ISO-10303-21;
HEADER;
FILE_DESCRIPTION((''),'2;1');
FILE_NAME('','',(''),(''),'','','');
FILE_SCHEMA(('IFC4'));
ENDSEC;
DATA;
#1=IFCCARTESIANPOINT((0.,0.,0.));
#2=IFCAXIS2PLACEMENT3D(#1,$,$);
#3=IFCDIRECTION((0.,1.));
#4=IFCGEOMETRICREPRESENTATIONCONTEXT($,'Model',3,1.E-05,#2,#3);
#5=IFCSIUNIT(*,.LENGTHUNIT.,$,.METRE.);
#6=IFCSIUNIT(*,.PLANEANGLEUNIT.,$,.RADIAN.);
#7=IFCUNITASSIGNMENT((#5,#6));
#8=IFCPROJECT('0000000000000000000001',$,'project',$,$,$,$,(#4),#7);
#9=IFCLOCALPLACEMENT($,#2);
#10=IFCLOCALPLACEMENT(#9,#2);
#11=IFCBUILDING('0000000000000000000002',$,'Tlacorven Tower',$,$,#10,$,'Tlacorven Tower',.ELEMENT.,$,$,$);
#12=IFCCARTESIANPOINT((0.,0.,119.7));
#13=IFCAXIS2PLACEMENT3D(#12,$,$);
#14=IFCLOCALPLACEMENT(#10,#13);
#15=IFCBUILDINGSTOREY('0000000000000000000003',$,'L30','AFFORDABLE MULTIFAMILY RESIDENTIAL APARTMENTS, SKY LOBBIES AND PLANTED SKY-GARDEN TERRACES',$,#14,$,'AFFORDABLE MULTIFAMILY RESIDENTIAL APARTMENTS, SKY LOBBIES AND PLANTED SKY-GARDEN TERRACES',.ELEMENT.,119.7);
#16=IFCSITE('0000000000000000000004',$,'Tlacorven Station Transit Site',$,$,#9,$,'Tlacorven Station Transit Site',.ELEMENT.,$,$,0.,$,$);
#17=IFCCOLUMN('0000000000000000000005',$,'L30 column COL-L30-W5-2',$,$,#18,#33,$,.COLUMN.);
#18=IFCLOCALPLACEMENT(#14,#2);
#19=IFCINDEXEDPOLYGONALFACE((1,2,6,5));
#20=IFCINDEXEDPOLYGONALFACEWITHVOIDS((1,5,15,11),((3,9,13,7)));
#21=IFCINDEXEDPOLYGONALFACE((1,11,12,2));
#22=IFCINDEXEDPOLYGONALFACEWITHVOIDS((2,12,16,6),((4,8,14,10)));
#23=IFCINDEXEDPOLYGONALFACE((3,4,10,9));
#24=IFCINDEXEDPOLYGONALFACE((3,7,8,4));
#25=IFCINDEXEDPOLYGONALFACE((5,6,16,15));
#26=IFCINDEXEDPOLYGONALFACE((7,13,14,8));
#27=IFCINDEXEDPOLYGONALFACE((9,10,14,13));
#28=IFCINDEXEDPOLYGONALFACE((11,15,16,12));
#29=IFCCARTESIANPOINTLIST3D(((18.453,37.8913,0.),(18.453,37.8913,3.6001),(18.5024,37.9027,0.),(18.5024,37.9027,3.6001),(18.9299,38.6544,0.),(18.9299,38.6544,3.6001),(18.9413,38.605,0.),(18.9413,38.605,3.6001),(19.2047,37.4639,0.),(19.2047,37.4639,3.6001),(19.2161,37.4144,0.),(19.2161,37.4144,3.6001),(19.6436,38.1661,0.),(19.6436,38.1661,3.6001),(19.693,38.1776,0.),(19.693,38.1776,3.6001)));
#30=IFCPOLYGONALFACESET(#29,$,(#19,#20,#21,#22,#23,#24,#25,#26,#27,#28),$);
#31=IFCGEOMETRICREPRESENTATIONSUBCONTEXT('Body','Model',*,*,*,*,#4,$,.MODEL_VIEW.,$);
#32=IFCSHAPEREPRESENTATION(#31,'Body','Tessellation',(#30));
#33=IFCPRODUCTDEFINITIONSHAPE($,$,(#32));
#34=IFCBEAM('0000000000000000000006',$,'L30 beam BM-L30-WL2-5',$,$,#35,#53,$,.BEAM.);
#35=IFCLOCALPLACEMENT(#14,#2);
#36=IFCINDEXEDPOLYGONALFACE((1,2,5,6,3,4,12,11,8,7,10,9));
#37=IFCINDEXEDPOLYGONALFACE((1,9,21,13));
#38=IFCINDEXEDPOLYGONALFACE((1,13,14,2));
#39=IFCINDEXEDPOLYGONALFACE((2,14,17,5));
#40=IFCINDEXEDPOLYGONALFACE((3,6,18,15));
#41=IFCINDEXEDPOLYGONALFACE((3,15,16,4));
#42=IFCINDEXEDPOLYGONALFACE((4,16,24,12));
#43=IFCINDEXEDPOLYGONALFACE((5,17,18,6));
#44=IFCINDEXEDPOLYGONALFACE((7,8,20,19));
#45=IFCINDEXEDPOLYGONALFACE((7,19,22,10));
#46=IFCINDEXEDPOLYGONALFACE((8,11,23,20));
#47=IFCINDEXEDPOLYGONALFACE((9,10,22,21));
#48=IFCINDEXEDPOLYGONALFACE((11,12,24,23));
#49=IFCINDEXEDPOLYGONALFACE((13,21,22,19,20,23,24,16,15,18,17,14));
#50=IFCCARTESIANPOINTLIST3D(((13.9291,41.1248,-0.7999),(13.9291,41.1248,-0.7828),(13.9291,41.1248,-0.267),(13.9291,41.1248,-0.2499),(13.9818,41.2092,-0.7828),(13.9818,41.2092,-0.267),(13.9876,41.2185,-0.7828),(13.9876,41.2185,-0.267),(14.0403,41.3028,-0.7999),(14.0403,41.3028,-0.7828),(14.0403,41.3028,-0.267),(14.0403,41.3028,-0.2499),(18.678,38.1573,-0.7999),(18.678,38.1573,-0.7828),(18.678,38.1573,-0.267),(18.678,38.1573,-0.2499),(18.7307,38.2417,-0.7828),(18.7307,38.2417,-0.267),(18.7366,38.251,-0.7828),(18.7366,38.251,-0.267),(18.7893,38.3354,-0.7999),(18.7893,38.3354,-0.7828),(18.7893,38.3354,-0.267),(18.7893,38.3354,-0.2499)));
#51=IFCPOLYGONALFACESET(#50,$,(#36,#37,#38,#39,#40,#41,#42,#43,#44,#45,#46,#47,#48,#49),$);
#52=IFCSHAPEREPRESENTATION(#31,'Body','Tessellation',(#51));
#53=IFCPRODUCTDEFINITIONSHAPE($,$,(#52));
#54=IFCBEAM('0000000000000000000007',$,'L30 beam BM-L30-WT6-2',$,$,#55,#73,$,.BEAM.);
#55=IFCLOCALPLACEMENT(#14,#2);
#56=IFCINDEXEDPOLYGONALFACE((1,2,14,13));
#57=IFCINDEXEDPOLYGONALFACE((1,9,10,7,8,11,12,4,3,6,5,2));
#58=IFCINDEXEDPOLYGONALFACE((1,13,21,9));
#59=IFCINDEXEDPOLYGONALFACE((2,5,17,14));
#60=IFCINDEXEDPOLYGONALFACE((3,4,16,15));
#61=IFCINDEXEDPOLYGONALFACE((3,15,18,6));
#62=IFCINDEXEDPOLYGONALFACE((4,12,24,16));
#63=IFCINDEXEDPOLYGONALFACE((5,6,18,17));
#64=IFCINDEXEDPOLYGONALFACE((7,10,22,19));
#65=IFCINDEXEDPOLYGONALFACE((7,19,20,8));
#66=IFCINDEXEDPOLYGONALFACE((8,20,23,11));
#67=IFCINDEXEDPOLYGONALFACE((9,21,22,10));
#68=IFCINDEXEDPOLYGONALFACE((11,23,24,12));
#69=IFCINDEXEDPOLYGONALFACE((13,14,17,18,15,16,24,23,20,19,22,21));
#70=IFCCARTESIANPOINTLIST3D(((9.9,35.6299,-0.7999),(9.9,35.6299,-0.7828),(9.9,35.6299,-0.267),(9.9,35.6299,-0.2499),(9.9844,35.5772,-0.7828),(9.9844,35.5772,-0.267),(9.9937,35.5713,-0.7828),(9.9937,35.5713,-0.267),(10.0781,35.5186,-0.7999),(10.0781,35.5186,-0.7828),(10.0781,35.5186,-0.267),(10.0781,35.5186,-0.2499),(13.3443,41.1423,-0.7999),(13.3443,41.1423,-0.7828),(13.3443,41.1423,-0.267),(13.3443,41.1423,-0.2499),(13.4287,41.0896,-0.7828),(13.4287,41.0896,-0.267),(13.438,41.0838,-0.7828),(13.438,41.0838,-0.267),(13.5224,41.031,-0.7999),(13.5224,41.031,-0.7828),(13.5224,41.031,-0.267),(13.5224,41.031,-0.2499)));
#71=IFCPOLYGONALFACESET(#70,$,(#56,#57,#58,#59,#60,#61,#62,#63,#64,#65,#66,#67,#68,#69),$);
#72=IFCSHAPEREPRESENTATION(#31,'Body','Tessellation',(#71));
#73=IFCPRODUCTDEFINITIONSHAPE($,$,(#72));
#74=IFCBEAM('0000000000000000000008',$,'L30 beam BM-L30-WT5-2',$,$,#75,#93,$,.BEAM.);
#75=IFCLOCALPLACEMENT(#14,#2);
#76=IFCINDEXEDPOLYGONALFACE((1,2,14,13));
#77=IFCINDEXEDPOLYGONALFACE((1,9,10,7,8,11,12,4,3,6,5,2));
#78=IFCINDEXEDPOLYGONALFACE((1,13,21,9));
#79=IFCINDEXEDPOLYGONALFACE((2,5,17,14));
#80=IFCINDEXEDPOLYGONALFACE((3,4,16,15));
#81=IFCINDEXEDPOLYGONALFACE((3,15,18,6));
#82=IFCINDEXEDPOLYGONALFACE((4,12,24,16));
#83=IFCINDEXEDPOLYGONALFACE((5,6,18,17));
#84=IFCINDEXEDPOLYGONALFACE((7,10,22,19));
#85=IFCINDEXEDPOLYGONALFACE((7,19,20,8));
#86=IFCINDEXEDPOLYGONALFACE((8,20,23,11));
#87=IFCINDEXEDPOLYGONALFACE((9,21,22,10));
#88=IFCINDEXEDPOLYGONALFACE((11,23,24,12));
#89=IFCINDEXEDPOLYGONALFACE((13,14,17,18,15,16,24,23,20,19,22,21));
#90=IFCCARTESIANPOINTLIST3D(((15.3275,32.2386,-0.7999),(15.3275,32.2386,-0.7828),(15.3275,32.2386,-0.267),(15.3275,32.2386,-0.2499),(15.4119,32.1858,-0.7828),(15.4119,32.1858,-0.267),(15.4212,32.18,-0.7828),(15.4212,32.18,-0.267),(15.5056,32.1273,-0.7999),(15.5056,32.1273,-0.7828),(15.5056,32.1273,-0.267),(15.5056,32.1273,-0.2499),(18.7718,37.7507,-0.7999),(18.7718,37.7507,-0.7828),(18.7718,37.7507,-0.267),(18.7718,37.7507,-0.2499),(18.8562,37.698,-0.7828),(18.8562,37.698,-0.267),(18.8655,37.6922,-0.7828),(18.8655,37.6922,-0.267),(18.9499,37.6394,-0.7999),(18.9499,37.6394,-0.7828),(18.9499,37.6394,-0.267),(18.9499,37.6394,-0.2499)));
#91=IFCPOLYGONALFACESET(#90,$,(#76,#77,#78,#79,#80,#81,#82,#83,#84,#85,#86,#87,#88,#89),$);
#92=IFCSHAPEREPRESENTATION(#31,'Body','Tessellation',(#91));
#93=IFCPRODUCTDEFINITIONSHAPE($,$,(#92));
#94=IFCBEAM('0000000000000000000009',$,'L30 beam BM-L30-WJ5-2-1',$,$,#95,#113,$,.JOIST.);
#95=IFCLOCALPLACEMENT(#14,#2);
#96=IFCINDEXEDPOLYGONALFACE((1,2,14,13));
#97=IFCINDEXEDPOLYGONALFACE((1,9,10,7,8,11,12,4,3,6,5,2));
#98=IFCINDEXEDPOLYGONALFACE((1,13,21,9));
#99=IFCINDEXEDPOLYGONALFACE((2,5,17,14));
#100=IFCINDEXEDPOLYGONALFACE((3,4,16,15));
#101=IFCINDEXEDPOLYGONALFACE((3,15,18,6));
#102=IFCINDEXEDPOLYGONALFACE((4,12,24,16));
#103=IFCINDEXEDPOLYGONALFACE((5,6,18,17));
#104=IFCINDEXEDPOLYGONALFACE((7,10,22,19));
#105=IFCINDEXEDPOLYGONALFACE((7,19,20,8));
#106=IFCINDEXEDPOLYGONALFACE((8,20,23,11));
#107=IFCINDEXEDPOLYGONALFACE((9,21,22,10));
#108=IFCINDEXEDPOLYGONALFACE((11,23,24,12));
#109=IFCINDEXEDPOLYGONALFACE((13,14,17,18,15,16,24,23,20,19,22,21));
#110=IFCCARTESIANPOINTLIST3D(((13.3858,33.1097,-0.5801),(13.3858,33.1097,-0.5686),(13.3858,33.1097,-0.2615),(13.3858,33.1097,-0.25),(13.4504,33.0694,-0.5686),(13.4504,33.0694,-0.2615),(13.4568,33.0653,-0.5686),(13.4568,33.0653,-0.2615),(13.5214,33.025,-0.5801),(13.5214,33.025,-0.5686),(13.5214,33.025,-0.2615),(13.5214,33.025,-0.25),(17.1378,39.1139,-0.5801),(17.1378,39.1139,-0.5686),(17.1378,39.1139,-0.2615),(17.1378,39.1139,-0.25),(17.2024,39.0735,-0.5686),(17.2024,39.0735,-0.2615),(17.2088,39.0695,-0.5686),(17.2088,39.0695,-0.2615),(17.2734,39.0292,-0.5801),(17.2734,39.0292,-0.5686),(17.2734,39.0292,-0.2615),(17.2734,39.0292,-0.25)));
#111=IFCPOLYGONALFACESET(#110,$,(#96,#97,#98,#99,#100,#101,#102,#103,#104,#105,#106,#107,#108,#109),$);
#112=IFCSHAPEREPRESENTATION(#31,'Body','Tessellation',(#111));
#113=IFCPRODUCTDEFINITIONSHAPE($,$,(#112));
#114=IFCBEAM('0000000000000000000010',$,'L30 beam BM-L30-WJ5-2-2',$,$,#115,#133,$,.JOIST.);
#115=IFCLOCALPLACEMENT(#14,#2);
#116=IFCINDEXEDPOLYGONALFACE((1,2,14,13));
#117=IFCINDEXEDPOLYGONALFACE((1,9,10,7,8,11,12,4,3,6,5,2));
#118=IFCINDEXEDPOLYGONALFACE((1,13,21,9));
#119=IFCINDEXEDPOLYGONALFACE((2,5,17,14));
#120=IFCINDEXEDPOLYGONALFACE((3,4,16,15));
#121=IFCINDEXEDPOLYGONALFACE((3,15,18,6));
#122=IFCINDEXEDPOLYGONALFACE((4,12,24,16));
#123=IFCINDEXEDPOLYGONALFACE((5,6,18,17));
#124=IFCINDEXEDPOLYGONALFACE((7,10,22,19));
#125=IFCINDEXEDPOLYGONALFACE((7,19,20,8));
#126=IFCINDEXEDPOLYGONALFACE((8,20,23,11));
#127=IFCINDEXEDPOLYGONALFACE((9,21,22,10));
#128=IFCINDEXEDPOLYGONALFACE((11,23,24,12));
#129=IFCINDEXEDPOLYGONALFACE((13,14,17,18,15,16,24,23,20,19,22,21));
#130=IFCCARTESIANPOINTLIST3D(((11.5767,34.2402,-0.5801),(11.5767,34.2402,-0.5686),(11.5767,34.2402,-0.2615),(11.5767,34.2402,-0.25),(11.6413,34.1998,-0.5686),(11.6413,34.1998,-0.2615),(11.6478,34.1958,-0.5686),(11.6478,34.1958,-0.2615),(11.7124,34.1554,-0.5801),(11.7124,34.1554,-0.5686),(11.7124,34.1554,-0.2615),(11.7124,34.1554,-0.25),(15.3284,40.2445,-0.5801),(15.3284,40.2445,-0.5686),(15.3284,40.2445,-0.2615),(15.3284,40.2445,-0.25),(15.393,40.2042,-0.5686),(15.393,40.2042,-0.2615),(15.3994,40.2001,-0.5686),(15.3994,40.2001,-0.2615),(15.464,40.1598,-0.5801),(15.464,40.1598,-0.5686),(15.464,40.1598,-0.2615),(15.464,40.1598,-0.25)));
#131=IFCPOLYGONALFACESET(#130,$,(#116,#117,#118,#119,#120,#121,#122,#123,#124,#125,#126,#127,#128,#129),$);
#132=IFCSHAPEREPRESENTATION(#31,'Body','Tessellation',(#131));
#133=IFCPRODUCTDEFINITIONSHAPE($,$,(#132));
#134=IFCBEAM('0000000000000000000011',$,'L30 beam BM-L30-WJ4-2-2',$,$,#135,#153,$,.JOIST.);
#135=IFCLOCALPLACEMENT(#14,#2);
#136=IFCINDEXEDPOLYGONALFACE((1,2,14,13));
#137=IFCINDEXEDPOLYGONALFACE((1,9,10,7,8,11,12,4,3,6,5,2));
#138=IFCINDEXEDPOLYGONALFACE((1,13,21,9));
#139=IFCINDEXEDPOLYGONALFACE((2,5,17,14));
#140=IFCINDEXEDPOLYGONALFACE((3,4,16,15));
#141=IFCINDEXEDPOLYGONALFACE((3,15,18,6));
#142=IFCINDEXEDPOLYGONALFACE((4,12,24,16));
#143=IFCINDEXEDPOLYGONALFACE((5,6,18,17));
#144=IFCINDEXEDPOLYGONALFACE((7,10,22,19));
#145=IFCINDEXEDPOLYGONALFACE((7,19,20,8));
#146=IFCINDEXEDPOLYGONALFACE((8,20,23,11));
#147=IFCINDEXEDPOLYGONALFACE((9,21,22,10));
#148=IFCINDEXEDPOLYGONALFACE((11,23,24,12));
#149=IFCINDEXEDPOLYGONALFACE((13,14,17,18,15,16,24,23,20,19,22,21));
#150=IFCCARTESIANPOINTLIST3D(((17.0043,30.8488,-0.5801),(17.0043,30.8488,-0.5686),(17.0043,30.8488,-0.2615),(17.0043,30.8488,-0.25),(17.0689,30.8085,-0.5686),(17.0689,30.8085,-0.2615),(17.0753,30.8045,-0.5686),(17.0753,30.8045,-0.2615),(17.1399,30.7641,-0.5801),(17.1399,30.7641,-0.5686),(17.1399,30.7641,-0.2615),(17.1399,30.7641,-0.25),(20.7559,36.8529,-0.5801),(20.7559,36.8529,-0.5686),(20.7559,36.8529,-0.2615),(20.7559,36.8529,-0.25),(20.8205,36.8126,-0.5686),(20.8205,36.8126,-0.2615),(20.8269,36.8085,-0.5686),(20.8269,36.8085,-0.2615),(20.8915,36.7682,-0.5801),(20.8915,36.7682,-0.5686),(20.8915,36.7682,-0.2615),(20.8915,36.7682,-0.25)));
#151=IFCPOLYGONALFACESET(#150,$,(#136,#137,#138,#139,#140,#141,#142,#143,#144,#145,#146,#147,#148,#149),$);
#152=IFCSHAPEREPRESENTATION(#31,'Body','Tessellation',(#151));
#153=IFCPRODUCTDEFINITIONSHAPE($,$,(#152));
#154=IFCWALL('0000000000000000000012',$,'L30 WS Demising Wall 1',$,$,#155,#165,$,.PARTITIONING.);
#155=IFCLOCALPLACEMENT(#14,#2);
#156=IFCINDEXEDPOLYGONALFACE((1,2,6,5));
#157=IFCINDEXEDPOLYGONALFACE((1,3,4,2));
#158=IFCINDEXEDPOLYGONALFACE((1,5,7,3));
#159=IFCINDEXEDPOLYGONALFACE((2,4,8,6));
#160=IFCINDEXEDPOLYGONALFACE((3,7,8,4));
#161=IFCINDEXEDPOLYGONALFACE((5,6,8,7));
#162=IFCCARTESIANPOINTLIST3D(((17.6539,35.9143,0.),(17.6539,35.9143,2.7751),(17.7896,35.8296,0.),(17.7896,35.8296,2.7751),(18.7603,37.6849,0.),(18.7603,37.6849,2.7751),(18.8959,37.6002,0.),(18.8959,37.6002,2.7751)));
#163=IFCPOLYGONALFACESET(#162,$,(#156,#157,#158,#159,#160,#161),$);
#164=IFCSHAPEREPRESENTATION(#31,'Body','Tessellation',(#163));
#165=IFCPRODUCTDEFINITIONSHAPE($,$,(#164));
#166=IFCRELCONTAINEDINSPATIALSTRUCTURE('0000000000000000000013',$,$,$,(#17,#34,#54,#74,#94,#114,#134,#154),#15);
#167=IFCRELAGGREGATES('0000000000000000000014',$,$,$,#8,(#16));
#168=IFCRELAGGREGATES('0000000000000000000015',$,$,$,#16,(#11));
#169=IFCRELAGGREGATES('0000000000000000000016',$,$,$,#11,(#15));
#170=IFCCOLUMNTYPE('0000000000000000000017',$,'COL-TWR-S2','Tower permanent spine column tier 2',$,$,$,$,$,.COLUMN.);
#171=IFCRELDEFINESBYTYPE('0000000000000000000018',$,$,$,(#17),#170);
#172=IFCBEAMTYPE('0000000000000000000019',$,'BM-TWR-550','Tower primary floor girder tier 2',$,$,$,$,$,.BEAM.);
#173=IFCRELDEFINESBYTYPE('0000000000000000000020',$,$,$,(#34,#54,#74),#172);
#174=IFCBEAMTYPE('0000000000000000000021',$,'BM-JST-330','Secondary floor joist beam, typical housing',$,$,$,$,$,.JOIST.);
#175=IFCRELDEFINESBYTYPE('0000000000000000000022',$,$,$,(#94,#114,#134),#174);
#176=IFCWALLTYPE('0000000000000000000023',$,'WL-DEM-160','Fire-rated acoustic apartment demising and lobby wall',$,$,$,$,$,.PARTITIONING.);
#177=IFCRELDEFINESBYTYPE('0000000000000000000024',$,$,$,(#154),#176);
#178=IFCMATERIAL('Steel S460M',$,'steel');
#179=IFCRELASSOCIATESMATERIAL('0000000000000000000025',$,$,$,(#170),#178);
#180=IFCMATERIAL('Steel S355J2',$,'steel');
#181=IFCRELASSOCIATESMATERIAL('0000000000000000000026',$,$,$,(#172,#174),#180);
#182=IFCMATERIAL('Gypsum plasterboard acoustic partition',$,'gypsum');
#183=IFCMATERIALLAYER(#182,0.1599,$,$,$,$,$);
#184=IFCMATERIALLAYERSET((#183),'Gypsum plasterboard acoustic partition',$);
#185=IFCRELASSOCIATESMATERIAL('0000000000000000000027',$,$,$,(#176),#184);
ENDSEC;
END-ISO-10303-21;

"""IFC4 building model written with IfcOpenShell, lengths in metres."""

from ifc_helpers import new_model, si_unit, direction, frame, frame_2d, origin, origin_2d, place, context, subcontext, project, spatial, rectangle, hollow_rectangle, i_section, extrude, source, transform, mapped, material, layer, layer_set, material_profile, profile_set, type_object, element, save


model = new_model("IFC4")

# Units and contexts
model_context = context("Model", 3, precision=1e-05, world=origin(), true_north=direction((0.0, 1.0)))
body_context = subcontext(model_context, "Body", "Model", "MODEL_VIEW")
ifc_project = project(units=[si_unit("LENGTHUNIT", "METRE"), si_unit("PLANEANGLEUNIT", "RADIAN")], contexts=[model_context])

# Site, building, storey
site_placement = place(None, origin())
site = spatial("IfcSite", under=ifc_project, at=site_placement, Name="Tlacorven Station Transit Site", LongName="Tlacorven Station Transit Site", CompositionType="ELEMENT", RefElevation=0.0)
building_placement = place(site_placement, origin())
building = spatial("IfcBuilding", under=site, at=building_placement, Name="Tlacorven Tower", LongName="Tlacorven Tower", CompositionType="ELEMENT")
storey_placement = place(building_placement, frame((0.0, 0.0, 119.7)))
storey = spatial("IfcBuildingStorey", under=building, at=storey_placement, Name="L30", Description="AFFORDABLE MULTIFAMILY RESIDENTIAL APARTMENTS, SKY LOBBIES AND PLANTED SKY-GARDEN TERRACES", LongName="AFFORDABLE MULTIFAMILY RESIDENTIAL APARTMENTS, SKY LOBBIES AND PLANTED SKY-GARDEN TERRACES", CompositionType="ELEMENT", Elevation=119.7)

# Column
ifc_material_1 = material(Name="Steel S460M", Category="steel")
ifc_material_profile_1 = material_profile(ifc_material_1, hollow_rectangle(XDim=0.8999, YDim=0.8999, WallThickness=0.0359, at=origin_2d()), Name="BOX 900X900X36")
ifc_profile_set_1 = profile_set([ifc_material_profile_1], Name="Steel S460M")
column_type = type_object("IfcColumnType", Name="COL-TWR-S2", Description="Tower permanent spine column tier 2", PredefinedType="COLUMN", material=ifc_profile_set_1)
shared_shape_1 = source(origin(), body_context, "Body", "SweptSolid", [
    extrude(hollow_rectangle(XDim=0.8999, YDim=0.8999, WallThickness=0.0359, at=origin_2d()), origin(), (0.0, 0.0, 1.0), 3.6001),
])
column_placement = place(storey_placement, frame((19.073, 38.0344, 0.0), z_axis=(0.0, 0.0, 1.0), x_axis=(-0.848048, 0.529919, 0.0)))
element("IfcColumn", 1, at=column_placement, inside=storey, type_object=column_type, Name="L30 column COL-L30-W5-2", PredefinedType="COLUMN", context=body_context, shape_type="MappedRepresentation", body=[
    mapped(shared_shape_1, transform((0.0, 0.0, 0.0), scale=1.0)),
])

# Beams
ifc_material_2 = material(Name="Steel S355J2", Category="steel")
ifc_material_profile_2 = material_profile(ifc_material_2, i_section(OverallWidth=0.21, OverallDepth=0.55, WebThickness=0.011, FlangeThickness=0.0171, at=origin_2d()), Name="IPE 550")
ifc_profile_set_2 = profile_set([ifc_material_profile_2], Name="Steel S355J2")
beam_type_1 = type_object("IfcBeamType", Name="BM-TWR-550", Description="Tower primary floor girder tier 2", PredefinedType="BEAM", material=ifc_profile_set_2)
shared_shape_2 = source(origin(), body_context, "Body", "SweptSolid", [
    extrude(i_section(OverallWidth=0.21, OverallDepth=0.55, WebThickness=0.011, FlangeThickness=0.0171, at=origin_2d()), origin(), (0.0, 0.0, 1.0), 5.5999),
])
beam_1_placement = place(storey_placement, frame((18.7336, 38.2463, -0.5249), z_axis=(-0.848047, 0.529921, 0.0), x_axis=(-0.529921, -0.848047, 0.0)))
element("IfcBeam", 2, at=beam_1_placement, inside=storey, type_object=beam_type_1, Name="L30 beam BM-L30-WL2-5", PredefinedType="BEAM", context=body_context, shape_type="MappedRepresentation", body=[
    mapped(shared_shape_2, transform((0.0, 0.0, 0.0), scale=1.0)),
])
shared_shape_3 = source(origin(), body_context, "Body", "SweptSolid", [
    extrude(i_section(OverallWidth=0.21, OverallDepth=0.55, WebThickness=0.011, FlangeThickness=0.0171, at=origin_2d()), origin(), (0.0, 0.0, 1.0), 6.5),
])
beam_2_placement = place(storey_placement, frame((13.4333, 41.0867, -0.5249), z_axis=(-0.529894, -0.848064, 0.0), x_axis=(0.848064, -0.529894, 0.0)))
element("IfcBeam", 3, at=beam_2_placement, inside=storey, type_object=beam_type_1, Name="L30 beam BM-L30-WT6-2", PredefinedType="BEAM", context=body_context, shape_type="MappedRepresentation", body=[
    mapped(shared_shape_3, transform((0.0, 0.0, 0.0), scale=1.0)),
])
shared_shape_4 = source(origin(), body_context, "Body", "SweptSolid", [
    extrude(i_section(OverallWidth=0.21, OverallDepth=0.55, WebThickness=0.011, FlangeThickness=0.0171, at=origin_2d()), origin(), (0.0, 0.0, 1.0), 6.4998),
])
beam_3_placement = place(storey_placement, frame((18.8608, 37.6951, -0.5249), z_axis=(-0.529911, -0.848053, 0.0), x_axis=(0.848053, -0.529911, 0.0)))
element("IfcBeam", 4, at=beam_3_placement, inside=storey, type_object=beam_type_1, Name="L30 beam BM-L30-WT5-2", PredefinedType="BEAM", context=body_context, shape_type="MappedRepresentation", body=[
    mapped(shared_shape_4, transform((0.0, 0.0, 0.0), scale=1.0)),
])
ifc_material_profile_3 = material_profile(ifc_material_2, i_section(OverallWidth=0.1599, OverallDepth=0.3301, WebThickness=0.0076, FlangeThickness=0.0115, at=origin_2d()), Name="IPE 330")
ifc_profile_set_3 = profile_set([ifc_material_profile_3], Name="Steel S355J2")
beam_type_2 = type_object("IfcBeamType", Name="BM-JST-330", Description="Secondary floor joist beam, typical housing", PredefinedType="JOIST", material=ifc_profile_set_3)
shared_shape_5 = source(origin(), body_context, "Body", "SweptSolid", [
    extrude(i_section(OverallWidth=0.1599, OverallDepth=0.3301, WebThickness=0.0076, FlangeThickness=0.0115, at=origin_2d()), origin(), (0.0, 0.0, 1.0), 7.0801),
])
for number, where, z_axis, x_axis, name in (
    (5, (17.2056, 39.0715, -0.415), (-0.529934, -0.848039, 0.0), (0.848039, -0.529934, 0.0), "L30 beam BM-L30-WJ5-2-1"),
    (6, (15.3962, 40.2021, -0.415), (-0.529894, -0.848064, 0.0), (0.848064, -0.529894, 0.0), "L30 beam BM-L30-WJ5-2-2"),
):
    element("IfcBeam", number, at=place(storey_placement, frame(where, z_axis=z_axis, x_axis=x_axis)), inside=storey, type_object=beam_type_2, Name=name, PredefinedType="JOIST", context=body_context, shape_type="MappedRepresentation", body=[
        mapped(shared_shape_5, transform((0.0, 0.0, 0.0), scale=1.0)),
    ])
shared_shape_6 = source(origin(), body_context, "Body", "SweptSolid", [
    extrude(i_section(OverallWidth=0.1599, OverallDepth=0.3301, WebThickness=0.0076, FlangeThickness=0.0115, at=origin_2d()), origin(), (0.0, 0.0, 1.0), 7.0798),
])
beam_4_placement = place(storey_placement, frame((20.8237, 36.8105, -0.415), z_axis=(-0.529909, -0.848054, 0.0), x_axis=(0.848054, -0.529909, 0.0)))
element("IfcBeam", 7, at=beam_4_placement, inside=storey, type_object=beam_type_2, Name="L30 beam BM-L30-WJ4-2-2", PredefinedType="JOIST", context=body_context, shape_type="MappedRepresentation", body=[
    mapped(shared_shape_6, transform((0.0, 0.0, 0.0), scale=1.0)),
])

# Wall
ifc_material_3 = material(Name="Gypsum plasterboard acoustic partition", Category="gypsum")
ifc_layer_1 = layer(ifc_material_3, 0.1599)
ifc_layer_set_1 = layer_set([ifc_layer_1], Name="Gypsum plasterboard acoustic partition")
wall_type_1 = type_object("IfcWallType", Name="WL-DEM-160", Description="Fire-rated acoustic apartment demising and lobby wall", PredefinedType="PARTITIONING", material=ifc_layer_set_1)
wall_1_placement = place(storey_placement, frame((18.8281, 37.6426, 0.0), z_axis=(0.0, 0.0, 1.0), x_axis=(-0.529904, -0.848057, 0.0)))
element("IfcWall", 8, at=wall_1_placement, inside=storey, type_object=wall_type_1, Name="L30 WS Demising Wall 1", PredefinedType="PARTITIONING", context=body_context, shape_type="SweptSolid", body=[
    extrude(rectangle(XDim=2.0879, YDim=0.1599, at=frame_2d((1.0439, 0.0))), origin(), (0.0, 0.0, 1.0), 2.7751),
])

save(model, "model.ifc")
